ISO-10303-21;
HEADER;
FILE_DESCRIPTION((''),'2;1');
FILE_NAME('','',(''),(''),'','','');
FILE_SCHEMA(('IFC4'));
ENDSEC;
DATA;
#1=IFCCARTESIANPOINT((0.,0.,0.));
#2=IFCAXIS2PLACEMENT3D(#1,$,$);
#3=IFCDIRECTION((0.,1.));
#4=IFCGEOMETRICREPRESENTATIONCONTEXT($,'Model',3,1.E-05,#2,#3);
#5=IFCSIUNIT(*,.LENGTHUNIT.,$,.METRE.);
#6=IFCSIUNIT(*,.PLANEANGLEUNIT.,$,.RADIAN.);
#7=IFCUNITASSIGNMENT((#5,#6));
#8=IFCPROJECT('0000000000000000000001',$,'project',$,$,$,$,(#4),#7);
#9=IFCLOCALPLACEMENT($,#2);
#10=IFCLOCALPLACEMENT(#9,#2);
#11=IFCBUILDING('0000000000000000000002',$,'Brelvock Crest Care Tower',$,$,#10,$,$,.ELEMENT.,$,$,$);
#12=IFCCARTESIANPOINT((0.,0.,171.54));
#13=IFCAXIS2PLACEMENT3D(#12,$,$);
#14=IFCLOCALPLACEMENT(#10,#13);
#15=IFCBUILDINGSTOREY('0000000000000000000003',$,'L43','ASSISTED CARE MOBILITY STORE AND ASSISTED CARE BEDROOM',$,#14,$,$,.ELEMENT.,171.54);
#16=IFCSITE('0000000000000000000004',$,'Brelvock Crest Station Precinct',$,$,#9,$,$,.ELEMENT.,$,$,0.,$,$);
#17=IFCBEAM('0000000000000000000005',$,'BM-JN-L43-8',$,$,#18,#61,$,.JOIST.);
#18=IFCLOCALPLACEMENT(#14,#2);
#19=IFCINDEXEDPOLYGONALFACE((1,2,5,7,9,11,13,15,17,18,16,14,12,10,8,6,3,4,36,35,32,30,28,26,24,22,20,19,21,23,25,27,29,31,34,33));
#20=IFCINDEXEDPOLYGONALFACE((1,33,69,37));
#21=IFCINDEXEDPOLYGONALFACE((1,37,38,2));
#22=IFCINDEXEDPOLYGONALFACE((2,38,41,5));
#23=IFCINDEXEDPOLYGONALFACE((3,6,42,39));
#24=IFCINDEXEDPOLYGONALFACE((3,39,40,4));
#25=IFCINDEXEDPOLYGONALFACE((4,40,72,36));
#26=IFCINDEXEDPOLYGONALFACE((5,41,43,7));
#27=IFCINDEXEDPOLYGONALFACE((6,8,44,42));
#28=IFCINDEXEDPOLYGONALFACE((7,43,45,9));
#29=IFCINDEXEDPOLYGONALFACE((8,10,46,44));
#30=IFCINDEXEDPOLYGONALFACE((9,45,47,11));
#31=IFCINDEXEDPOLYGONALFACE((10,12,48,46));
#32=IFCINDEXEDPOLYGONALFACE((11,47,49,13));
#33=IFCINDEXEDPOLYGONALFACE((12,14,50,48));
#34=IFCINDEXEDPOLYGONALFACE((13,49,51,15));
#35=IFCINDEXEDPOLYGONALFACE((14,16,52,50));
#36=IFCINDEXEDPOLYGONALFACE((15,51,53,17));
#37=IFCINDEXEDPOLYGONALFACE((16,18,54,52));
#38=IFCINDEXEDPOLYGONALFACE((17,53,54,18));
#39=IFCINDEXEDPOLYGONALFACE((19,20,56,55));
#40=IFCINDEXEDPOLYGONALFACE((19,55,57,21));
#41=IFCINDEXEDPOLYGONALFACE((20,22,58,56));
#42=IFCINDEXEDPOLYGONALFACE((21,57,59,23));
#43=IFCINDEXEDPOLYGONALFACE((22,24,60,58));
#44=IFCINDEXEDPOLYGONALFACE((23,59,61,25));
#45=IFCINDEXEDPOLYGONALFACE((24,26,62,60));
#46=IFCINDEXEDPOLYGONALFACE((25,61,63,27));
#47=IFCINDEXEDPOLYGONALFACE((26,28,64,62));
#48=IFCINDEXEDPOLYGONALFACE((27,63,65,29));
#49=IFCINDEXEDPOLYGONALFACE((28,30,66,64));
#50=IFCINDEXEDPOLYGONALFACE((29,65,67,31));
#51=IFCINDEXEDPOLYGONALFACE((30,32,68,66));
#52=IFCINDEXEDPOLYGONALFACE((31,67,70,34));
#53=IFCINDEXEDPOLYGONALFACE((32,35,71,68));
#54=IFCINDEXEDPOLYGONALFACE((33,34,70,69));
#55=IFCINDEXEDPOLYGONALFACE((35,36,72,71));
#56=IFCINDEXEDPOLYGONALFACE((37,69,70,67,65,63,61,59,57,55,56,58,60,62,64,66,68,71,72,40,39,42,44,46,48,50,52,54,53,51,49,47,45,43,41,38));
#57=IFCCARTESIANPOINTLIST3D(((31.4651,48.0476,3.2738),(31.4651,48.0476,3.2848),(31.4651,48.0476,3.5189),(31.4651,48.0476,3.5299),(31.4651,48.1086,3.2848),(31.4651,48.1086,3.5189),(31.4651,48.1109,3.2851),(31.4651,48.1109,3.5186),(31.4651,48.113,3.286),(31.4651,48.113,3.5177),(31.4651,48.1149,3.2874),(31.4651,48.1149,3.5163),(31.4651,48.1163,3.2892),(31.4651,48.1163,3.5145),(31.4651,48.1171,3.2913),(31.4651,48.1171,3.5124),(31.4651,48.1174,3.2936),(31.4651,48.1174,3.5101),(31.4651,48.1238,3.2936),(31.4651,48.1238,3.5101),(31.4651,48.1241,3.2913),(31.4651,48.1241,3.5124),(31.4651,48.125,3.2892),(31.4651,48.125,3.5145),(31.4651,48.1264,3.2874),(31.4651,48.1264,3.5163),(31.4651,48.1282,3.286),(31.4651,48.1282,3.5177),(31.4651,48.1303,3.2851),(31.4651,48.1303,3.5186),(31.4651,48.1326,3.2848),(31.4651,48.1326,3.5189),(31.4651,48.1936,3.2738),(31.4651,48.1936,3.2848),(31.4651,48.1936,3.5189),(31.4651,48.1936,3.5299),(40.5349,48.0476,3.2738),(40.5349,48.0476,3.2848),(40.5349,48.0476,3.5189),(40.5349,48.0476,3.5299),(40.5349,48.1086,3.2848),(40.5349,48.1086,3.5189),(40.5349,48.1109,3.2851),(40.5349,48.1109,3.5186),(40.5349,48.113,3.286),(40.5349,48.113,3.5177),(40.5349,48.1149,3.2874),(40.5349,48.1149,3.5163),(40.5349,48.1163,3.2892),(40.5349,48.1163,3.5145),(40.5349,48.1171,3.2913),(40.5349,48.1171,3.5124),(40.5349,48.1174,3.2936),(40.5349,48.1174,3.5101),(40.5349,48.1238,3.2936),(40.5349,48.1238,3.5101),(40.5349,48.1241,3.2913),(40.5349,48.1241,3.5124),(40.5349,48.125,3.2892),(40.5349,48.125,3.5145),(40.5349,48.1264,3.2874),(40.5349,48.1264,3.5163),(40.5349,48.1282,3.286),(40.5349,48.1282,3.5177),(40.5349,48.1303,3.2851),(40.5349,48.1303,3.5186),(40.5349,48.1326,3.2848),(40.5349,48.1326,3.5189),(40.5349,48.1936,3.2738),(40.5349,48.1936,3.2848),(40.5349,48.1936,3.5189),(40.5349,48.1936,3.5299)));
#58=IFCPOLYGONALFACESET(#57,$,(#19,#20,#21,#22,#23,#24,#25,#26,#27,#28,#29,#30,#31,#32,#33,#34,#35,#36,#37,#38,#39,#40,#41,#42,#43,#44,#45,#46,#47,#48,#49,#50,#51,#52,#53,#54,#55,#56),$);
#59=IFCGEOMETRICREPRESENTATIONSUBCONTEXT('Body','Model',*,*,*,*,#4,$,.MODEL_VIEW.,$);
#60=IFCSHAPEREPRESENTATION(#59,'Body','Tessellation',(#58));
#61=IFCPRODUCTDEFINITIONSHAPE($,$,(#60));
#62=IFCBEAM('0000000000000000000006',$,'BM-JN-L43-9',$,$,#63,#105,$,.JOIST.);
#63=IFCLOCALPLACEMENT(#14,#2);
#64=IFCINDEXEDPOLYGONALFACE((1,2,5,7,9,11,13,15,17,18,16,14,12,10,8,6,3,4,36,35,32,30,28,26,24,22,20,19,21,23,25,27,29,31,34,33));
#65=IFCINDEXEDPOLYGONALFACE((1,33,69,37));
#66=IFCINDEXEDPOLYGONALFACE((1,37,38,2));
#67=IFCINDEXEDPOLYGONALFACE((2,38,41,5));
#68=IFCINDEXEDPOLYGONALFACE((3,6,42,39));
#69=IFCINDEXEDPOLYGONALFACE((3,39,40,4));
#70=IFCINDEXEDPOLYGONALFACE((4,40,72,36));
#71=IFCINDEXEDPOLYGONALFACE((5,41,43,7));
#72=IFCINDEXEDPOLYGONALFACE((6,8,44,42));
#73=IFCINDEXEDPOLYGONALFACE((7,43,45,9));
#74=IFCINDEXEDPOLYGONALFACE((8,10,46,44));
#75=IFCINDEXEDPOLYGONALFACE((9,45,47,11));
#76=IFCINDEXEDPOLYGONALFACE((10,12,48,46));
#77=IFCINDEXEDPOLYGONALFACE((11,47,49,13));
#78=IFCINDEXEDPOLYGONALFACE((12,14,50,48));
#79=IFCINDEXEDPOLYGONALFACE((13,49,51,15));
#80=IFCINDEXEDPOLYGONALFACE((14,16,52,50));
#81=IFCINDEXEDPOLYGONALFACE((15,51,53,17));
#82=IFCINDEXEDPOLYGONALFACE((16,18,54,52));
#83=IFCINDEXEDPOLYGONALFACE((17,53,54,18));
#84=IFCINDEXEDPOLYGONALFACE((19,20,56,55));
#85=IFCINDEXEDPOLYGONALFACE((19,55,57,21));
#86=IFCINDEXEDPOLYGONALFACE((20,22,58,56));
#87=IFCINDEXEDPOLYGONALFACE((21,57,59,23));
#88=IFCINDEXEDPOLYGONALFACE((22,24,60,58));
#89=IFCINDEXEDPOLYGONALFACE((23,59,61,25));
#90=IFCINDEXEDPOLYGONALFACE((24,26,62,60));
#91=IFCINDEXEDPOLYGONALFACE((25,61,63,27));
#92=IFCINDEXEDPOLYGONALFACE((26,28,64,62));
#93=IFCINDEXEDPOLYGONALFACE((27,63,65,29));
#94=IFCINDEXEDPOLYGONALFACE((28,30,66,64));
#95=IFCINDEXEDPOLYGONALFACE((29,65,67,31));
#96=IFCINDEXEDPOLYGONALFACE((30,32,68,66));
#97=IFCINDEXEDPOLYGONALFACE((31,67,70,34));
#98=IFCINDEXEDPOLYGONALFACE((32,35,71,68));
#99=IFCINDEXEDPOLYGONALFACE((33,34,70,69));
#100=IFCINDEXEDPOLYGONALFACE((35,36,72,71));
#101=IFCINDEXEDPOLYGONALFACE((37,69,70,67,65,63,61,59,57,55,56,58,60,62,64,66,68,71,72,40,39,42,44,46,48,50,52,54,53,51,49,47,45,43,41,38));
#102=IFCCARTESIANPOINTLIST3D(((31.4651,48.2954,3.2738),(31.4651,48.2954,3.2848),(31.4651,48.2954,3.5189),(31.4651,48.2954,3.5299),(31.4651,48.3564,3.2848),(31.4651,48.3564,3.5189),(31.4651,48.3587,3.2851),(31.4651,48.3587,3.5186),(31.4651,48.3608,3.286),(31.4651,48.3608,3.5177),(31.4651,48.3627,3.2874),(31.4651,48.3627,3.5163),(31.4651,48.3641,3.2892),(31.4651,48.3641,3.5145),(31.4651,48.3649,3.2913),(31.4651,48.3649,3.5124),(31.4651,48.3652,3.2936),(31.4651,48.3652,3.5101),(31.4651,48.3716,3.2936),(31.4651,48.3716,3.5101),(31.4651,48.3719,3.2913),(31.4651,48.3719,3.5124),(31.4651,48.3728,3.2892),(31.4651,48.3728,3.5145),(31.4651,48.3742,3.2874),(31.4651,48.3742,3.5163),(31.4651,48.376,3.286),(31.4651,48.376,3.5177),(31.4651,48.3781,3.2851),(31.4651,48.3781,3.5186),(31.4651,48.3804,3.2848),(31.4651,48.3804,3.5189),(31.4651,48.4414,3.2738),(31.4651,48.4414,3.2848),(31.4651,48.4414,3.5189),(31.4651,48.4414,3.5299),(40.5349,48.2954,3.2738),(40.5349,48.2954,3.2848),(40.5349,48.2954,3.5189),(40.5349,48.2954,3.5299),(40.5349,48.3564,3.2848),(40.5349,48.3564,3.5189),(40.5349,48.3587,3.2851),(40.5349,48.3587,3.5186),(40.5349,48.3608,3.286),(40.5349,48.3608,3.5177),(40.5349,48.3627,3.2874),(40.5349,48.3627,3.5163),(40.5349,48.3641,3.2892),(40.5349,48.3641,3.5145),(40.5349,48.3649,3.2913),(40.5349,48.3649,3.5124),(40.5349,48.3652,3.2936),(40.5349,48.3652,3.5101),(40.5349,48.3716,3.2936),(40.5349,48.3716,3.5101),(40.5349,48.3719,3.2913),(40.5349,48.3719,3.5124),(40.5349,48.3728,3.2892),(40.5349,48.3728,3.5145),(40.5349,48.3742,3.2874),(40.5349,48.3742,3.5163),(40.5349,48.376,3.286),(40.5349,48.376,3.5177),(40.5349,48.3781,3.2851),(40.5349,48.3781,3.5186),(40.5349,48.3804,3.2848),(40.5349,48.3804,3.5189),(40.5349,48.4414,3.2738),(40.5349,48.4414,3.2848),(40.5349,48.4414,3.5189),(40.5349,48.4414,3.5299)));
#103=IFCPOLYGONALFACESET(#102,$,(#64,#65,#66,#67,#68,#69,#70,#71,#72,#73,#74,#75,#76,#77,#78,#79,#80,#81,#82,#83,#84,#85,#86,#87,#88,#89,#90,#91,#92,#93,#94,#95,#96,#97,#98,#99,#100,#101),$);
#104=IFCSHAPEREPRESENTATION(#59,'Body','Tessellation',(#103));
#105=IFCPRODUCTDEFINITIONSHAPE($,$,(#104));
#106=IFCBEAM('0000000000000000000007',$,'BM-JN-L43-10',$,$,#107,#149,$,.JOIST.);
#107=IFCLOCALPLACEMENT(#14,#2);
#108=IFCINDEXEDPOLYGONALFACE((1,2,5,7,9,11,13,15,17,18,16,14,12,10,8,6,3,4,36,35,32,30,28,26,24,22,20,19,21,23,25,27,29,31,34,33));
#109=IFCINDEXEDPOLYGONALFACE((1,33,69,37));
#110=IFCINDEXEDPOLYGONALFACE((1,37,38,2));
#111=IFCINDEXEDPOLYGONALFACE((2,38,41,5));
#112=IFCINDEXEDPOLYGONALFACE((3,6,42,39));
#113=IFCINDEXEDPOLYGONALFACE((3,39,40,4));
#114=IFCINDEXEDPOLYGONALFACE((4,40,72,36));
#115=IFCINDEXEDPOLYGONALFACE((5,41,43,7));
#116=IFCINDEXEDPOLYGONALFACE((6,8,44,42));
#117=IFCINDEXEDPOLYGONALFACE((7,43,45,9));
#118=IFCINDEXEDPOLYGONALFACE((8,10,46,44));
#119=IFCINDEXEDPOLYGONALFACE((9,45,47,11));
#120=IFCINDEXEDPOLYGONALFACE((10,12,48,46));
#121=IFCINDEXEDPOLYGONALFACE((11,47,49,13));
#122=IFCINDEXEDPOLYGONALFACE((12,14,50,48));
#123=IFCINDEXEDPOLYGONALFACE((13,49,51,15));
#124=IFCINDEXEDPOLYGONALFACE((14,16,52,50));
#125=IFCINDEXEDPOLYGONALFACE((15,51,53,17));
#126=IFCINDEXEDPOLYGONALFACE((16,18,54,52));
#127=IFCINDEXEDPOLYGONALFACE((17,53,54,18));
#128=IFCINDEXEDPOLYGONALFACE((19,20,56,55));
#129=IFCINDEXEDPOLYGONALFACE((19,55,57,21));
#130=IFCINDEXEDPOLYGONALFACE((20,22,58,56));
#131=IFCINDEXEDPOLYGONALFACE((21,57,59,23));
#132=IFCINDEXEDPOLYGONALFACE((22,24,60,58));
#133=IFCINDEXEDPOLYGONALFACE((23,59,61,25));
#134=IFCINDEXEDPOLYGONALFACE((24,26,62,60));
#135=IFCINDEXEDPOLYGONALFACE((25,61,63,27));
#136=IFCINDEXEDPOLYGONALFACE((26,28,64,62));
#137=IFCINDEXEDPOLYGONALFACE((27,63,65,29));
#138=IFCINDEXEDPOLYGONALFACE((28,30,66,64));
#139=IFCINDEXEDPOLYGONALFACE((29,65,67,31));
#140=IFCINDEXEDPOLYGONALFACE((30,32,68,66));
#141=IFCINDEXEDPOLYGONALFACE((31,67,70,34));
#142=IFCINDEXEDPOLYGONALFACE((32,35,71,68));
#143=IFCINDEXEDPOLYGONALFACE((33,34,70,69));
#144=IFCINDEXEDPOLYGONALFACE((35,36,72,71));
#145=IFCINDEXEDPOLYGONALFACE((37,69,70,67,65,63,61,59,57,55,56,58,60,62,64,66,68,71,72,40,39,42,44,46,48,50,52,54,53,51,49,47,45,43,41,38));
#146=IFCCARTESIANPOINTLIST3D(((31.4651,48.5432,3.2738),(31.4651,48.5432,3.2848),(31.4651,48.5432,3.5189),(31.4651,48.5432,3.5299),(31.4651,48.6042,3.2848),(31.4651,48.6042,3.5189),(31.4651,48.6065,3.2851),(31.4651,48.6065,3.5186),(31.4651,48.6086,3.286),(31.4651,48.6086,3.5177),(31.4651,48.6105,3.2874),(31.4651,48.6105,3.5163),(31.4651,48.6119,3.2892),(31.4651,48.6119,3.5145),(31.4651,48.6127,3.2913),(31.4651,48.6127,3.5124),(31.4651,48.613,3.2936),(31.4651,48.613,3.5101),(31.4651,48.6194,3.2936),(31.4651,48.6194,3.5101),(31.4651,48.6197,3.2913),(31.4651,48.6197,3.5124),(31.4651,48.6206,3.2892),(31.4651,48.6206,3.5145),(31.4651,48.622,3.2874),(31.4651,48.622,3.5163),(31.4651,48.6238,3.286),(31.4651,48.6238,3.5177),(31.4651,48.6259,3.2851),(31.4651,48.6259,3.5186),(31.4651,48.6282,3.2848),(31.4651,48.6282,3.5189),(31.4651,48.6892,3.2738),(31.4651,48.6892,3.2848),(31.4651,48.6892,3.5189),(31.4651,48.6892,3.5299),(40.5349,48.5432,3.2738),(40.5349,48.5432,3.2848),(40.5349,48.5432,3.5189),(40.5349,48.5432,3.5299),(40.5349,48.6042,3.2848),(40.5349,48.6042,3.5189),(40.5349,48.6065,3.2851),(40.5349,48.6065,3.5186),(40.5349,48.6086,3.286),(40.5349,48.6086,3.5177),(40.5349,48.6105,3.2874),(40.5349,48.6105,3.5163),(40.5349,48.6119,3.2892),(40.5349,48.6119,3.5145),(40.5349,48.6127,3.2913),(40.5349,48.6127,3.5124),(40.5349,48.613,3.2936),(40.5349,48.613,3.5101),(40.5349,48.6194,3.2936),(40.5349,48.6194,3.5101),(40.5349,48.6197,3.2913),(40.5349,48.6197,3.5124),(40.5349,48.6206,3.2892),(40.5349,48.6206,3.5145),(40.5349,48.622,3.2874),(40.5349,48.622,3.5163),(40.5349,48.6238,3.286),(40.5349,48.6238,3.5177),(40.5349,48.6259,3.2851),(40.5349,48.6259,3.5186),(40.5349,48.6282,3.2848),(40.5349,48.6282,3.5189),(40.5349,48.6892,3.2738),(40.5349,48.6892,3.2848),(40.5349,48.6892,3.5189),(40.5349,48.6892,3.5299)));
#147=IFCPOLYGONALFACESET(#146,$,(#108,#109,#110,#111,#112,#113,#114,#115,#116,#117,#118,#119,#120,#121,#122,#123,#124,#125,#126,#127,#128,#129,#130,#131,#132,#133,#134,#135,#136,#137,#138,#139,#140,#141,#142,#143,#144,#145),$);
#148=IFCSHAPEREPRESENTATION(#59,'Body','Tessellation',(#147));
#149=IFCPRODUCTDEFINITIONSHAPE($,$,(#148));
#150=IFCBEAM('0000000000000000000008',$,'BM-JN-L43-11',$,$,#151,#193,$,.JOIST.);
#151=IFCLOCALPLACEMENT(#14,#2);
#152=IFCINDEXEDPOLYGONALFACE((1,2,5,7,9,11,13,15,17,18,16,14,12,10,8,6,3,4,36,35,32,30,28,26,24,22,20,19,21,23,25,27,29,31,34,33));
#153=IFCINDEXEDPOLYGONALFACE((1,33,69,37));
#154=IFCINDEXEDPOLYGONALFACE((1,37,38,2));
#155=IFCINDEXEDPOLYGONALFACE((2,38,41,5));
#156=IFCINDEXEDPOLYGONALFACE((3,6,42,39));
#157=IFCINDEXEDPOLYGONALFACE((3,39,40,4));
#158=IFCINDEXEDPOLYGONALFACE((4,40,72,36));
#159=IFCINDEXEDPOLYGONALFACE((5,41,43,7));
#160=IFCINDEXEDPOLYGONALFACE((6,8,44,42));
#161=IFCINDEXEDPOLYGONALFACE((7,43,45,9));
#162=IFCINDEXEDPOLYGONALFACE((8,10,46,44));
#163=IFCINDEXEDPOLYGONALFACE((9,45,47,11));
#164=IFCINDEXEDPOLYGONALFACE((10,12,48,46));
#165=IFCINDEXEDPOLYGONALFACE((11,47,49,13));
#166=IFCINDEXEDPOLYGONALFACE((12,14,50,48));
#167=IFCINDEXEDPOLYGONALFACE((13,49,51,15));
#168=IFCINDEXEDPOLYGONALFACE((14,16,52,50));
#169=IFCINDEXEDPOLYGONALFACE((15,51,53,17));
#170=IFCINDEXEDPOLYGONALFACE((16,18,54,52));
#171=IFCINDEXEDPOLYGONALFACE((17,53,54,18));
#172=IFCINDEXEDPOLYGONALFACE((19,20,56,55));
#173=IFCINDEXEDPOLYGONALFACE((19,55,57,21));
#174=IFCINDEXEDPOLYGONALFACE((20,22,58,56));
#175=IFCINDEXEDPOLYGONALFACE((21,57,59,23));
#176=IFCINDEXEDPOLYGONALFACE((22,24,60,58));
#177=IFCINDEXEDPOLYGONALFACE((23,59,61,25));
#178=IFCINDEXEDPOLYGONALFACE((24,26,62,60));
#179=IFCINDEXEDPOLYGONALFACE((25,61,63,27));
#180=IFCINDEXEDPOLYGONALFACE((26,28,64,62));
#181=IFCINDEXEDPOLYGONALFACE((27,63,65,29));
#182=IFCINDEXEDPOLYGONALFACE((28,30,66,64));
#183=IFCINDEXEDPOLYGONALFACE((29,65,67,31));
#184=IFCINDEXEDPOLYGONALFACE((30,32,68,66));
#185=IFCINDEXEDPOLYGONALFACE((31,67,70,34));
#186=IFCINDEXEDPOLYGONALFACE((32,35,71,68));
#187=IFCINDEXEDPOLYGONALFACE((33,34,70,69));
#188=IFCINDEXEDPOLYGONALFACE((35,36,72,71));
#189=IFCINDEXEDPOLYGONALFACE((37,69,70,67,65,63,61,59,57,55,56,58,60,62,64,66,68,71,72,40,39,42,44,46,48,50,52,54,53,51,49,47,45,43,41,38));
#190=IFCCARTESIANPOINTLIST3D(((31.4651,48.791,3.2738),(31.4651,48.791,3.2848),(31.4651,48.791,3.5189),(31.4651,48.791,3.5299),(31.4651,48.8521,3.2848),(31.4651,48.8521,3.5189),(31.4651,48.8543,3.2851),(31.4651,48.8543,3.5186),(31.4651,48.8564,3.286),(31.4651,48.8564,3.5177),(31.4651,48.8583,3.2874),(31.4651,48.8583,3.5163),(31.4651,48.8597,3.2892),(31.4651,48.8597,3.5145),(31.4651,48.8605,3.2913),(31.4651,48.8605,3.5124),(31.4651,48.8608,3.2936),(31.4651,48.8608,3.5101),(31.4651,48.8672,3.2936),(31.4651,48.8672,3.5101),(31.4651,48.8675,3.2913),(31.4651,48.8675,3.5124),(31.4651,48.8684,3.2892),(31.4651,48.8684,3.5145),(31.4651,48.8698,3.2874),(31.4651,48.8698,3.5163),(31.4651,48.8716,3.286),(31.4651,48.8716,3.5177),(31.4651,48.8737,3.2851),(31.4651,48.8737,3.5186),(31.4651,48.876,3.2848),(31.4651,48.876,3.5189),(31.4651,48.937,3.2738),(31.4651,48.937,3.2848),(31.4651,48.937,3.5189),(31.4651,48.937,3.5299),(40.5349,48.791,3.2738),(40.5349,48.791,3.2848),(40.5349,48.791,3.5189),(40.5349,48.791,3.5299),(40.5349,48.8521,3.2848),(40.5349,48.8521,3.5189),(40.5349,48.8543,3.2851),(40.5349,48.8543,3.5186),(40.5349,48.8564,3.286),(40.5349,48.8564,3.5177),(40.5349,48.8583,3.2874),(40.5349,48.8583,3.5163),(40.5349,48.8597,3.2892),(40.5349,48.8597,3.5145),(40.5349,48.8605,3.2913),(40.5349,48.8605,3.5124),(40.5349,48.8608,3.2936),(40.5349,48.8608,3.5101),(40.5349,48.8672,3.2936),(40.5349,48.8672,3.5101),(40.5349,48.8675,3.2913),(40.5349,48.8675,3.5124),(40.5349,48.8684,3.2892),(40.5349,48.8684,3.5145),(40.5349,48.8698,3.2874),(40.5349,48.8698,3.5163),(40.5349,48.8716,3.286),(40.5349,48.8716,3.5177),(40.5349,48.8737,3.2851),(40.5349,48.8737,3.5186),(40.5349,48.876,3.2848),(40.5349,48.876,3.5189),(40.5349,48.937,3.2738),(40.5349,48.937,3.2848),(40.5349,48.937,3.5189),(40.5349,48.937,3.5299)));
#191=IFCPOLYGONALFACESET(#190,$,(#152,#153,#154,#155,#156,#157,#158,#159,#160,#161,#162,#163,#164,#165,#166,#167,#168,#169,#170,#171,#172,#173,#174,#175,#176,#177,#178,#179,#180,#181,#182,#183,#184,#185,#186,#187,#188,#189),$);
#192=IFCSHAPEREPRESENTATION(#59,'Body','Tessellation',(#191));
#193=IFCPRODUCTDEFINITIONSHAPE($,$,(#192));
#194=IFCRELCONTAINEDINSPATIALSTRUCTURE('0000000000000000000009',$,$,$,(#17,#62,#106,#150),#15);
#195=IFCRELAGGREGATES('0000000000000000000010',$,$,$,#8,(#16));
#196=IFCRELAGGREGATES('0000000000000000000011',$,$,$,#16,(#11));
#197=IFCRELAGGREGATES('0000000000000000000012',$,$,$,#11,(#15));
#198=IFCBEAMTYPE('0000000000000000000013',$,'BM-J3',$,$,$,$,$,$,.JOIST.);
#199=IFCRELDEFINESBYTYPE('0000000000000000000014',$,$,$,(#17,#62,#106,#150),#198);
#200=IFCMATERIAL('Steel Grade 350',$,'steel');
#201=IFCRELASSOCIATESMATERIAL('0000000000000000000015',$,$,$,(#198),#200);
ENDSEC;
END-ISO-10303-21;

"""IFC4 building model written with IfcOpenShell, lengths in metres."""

from ifc_helpers import new_model, si_unit, direction, frame, origin, origin_2d, place, context, subcontext, project, spatial, i_section, extrude, source, transform, mapped, material, material_profile, profile_set, type_object, element, save


model = new_model("IFC4")

# Units and contexts
model_context = context("Model", 3, precision=1e-05, world=origin(), true_north=direction((0.0, 1.0)))
body_context = subcontext(model_context, "Body", "Model", "MODEL_VIEW")
ifc_project = project(units=[si_unit("LENGTHUNIT", "METRE"), si_unit("PLANEANGLEUNIT", "RADIAN")], contexts=[model_context])

# Site, building, storey
site_placement = place(None, origin())
site = spatial("IfcSite", under=ifc_project, at=site_placement, Name="Brelvock Crest Station Precinct", CompositionType="ELEMENT", RefElevation=0.0)
building_placement = place(site_placement, origin())
building = spatial("IfcBuilding", under=site, at=building_placement, Name="Brelvock Crest Care Tower", CompositionType="ELEMENT")
storey_placement = place(building_placement, frame((0.0, 0.0, 171.54)))
storey = spatial("IfcBuildingStorey", under=building, at=storey_placement, Name="L43", Description="ASSISTED CARE MOBILITY STORE AND ASSISTED CARE BEDROOM", CompositionType="ELEMENT", Elevation=171.54)

# Shared definitions
ifc_material_1 = material(Name="Steel Grade 350", Category="steel")

# Beams
ifc_material_profile_1 = material_profile(ifc_material_1, i_section(OverallWidth=0.146, OverallDepth=0.2561, WebThickness=0.0063, FlangeThickness=0.011, FilletRadius=0.0088, at=origin_2d()), Name="250UB37.3")
ifc_profile_set_1 = profile_set([ifc_material_profile_1], Name="Steel Grade 350")
beam_type_1 = type_object("IfcBeamType", Name="BM-J3", PredefinedType="JOIST", material=ifc_profile_set_1)
shared_shape_1 = source(origin(), body_context, "Body", "SweptSolid", [
    extrude(i_section(OverallWidth=0.146, OverallDepth=0.2561, WebThickness=0.0063, FlangeThickness=0.011, FilletRadius=0.0088, at=origin_2d()), origin(), (0.0, 0.0, 1.0), 9.0698),
])
for number, where, z_axis, x_axis, name in (
    (1, (31.4651, 48.1206, 3.4019), (1.0, 0.0, 0.0), (0.0, 1.0, 0.0), "BM-JN-L43-8"),
    (2, (31.4651, 48.3684, 3.4019), (1.0, 0.0, 0.0), (0.0, 1.0, 0.0), "BM-JN-L43-9"),
    (3, (31.4651, 48.6162, 3.4019), (1.0, 0.0, 0.0), (0.0, 1.0, 0.0), "BM-JN-L43-10"),
    (4, (31.4651, 48.864, 3.4019), (1.0, 0.0, 0.0), (0.0, 1.0, 0.0), "BM-JN-L43-11"),
):
    element("IfcBeam", number, at=place(storey_placement, frame(where, z_axis=z_axis, x_axis=x_axis)), inside=storey, type_object=beam_type_1, Name=name, PredefinedType="JOIST", context=body_context, shape_type="MappedRepresentation", body=[
        mapped(shared_shape_1, transform((0.0, 0.0, 0.0), x_axis=(1.0, 0.0, 0.0), y_axis=(0.0, 1.0, 0.0), z_axis=(0.0, 0.0, 1.0), scale=1.0)),
    ])

save(model, "model.ifc")
